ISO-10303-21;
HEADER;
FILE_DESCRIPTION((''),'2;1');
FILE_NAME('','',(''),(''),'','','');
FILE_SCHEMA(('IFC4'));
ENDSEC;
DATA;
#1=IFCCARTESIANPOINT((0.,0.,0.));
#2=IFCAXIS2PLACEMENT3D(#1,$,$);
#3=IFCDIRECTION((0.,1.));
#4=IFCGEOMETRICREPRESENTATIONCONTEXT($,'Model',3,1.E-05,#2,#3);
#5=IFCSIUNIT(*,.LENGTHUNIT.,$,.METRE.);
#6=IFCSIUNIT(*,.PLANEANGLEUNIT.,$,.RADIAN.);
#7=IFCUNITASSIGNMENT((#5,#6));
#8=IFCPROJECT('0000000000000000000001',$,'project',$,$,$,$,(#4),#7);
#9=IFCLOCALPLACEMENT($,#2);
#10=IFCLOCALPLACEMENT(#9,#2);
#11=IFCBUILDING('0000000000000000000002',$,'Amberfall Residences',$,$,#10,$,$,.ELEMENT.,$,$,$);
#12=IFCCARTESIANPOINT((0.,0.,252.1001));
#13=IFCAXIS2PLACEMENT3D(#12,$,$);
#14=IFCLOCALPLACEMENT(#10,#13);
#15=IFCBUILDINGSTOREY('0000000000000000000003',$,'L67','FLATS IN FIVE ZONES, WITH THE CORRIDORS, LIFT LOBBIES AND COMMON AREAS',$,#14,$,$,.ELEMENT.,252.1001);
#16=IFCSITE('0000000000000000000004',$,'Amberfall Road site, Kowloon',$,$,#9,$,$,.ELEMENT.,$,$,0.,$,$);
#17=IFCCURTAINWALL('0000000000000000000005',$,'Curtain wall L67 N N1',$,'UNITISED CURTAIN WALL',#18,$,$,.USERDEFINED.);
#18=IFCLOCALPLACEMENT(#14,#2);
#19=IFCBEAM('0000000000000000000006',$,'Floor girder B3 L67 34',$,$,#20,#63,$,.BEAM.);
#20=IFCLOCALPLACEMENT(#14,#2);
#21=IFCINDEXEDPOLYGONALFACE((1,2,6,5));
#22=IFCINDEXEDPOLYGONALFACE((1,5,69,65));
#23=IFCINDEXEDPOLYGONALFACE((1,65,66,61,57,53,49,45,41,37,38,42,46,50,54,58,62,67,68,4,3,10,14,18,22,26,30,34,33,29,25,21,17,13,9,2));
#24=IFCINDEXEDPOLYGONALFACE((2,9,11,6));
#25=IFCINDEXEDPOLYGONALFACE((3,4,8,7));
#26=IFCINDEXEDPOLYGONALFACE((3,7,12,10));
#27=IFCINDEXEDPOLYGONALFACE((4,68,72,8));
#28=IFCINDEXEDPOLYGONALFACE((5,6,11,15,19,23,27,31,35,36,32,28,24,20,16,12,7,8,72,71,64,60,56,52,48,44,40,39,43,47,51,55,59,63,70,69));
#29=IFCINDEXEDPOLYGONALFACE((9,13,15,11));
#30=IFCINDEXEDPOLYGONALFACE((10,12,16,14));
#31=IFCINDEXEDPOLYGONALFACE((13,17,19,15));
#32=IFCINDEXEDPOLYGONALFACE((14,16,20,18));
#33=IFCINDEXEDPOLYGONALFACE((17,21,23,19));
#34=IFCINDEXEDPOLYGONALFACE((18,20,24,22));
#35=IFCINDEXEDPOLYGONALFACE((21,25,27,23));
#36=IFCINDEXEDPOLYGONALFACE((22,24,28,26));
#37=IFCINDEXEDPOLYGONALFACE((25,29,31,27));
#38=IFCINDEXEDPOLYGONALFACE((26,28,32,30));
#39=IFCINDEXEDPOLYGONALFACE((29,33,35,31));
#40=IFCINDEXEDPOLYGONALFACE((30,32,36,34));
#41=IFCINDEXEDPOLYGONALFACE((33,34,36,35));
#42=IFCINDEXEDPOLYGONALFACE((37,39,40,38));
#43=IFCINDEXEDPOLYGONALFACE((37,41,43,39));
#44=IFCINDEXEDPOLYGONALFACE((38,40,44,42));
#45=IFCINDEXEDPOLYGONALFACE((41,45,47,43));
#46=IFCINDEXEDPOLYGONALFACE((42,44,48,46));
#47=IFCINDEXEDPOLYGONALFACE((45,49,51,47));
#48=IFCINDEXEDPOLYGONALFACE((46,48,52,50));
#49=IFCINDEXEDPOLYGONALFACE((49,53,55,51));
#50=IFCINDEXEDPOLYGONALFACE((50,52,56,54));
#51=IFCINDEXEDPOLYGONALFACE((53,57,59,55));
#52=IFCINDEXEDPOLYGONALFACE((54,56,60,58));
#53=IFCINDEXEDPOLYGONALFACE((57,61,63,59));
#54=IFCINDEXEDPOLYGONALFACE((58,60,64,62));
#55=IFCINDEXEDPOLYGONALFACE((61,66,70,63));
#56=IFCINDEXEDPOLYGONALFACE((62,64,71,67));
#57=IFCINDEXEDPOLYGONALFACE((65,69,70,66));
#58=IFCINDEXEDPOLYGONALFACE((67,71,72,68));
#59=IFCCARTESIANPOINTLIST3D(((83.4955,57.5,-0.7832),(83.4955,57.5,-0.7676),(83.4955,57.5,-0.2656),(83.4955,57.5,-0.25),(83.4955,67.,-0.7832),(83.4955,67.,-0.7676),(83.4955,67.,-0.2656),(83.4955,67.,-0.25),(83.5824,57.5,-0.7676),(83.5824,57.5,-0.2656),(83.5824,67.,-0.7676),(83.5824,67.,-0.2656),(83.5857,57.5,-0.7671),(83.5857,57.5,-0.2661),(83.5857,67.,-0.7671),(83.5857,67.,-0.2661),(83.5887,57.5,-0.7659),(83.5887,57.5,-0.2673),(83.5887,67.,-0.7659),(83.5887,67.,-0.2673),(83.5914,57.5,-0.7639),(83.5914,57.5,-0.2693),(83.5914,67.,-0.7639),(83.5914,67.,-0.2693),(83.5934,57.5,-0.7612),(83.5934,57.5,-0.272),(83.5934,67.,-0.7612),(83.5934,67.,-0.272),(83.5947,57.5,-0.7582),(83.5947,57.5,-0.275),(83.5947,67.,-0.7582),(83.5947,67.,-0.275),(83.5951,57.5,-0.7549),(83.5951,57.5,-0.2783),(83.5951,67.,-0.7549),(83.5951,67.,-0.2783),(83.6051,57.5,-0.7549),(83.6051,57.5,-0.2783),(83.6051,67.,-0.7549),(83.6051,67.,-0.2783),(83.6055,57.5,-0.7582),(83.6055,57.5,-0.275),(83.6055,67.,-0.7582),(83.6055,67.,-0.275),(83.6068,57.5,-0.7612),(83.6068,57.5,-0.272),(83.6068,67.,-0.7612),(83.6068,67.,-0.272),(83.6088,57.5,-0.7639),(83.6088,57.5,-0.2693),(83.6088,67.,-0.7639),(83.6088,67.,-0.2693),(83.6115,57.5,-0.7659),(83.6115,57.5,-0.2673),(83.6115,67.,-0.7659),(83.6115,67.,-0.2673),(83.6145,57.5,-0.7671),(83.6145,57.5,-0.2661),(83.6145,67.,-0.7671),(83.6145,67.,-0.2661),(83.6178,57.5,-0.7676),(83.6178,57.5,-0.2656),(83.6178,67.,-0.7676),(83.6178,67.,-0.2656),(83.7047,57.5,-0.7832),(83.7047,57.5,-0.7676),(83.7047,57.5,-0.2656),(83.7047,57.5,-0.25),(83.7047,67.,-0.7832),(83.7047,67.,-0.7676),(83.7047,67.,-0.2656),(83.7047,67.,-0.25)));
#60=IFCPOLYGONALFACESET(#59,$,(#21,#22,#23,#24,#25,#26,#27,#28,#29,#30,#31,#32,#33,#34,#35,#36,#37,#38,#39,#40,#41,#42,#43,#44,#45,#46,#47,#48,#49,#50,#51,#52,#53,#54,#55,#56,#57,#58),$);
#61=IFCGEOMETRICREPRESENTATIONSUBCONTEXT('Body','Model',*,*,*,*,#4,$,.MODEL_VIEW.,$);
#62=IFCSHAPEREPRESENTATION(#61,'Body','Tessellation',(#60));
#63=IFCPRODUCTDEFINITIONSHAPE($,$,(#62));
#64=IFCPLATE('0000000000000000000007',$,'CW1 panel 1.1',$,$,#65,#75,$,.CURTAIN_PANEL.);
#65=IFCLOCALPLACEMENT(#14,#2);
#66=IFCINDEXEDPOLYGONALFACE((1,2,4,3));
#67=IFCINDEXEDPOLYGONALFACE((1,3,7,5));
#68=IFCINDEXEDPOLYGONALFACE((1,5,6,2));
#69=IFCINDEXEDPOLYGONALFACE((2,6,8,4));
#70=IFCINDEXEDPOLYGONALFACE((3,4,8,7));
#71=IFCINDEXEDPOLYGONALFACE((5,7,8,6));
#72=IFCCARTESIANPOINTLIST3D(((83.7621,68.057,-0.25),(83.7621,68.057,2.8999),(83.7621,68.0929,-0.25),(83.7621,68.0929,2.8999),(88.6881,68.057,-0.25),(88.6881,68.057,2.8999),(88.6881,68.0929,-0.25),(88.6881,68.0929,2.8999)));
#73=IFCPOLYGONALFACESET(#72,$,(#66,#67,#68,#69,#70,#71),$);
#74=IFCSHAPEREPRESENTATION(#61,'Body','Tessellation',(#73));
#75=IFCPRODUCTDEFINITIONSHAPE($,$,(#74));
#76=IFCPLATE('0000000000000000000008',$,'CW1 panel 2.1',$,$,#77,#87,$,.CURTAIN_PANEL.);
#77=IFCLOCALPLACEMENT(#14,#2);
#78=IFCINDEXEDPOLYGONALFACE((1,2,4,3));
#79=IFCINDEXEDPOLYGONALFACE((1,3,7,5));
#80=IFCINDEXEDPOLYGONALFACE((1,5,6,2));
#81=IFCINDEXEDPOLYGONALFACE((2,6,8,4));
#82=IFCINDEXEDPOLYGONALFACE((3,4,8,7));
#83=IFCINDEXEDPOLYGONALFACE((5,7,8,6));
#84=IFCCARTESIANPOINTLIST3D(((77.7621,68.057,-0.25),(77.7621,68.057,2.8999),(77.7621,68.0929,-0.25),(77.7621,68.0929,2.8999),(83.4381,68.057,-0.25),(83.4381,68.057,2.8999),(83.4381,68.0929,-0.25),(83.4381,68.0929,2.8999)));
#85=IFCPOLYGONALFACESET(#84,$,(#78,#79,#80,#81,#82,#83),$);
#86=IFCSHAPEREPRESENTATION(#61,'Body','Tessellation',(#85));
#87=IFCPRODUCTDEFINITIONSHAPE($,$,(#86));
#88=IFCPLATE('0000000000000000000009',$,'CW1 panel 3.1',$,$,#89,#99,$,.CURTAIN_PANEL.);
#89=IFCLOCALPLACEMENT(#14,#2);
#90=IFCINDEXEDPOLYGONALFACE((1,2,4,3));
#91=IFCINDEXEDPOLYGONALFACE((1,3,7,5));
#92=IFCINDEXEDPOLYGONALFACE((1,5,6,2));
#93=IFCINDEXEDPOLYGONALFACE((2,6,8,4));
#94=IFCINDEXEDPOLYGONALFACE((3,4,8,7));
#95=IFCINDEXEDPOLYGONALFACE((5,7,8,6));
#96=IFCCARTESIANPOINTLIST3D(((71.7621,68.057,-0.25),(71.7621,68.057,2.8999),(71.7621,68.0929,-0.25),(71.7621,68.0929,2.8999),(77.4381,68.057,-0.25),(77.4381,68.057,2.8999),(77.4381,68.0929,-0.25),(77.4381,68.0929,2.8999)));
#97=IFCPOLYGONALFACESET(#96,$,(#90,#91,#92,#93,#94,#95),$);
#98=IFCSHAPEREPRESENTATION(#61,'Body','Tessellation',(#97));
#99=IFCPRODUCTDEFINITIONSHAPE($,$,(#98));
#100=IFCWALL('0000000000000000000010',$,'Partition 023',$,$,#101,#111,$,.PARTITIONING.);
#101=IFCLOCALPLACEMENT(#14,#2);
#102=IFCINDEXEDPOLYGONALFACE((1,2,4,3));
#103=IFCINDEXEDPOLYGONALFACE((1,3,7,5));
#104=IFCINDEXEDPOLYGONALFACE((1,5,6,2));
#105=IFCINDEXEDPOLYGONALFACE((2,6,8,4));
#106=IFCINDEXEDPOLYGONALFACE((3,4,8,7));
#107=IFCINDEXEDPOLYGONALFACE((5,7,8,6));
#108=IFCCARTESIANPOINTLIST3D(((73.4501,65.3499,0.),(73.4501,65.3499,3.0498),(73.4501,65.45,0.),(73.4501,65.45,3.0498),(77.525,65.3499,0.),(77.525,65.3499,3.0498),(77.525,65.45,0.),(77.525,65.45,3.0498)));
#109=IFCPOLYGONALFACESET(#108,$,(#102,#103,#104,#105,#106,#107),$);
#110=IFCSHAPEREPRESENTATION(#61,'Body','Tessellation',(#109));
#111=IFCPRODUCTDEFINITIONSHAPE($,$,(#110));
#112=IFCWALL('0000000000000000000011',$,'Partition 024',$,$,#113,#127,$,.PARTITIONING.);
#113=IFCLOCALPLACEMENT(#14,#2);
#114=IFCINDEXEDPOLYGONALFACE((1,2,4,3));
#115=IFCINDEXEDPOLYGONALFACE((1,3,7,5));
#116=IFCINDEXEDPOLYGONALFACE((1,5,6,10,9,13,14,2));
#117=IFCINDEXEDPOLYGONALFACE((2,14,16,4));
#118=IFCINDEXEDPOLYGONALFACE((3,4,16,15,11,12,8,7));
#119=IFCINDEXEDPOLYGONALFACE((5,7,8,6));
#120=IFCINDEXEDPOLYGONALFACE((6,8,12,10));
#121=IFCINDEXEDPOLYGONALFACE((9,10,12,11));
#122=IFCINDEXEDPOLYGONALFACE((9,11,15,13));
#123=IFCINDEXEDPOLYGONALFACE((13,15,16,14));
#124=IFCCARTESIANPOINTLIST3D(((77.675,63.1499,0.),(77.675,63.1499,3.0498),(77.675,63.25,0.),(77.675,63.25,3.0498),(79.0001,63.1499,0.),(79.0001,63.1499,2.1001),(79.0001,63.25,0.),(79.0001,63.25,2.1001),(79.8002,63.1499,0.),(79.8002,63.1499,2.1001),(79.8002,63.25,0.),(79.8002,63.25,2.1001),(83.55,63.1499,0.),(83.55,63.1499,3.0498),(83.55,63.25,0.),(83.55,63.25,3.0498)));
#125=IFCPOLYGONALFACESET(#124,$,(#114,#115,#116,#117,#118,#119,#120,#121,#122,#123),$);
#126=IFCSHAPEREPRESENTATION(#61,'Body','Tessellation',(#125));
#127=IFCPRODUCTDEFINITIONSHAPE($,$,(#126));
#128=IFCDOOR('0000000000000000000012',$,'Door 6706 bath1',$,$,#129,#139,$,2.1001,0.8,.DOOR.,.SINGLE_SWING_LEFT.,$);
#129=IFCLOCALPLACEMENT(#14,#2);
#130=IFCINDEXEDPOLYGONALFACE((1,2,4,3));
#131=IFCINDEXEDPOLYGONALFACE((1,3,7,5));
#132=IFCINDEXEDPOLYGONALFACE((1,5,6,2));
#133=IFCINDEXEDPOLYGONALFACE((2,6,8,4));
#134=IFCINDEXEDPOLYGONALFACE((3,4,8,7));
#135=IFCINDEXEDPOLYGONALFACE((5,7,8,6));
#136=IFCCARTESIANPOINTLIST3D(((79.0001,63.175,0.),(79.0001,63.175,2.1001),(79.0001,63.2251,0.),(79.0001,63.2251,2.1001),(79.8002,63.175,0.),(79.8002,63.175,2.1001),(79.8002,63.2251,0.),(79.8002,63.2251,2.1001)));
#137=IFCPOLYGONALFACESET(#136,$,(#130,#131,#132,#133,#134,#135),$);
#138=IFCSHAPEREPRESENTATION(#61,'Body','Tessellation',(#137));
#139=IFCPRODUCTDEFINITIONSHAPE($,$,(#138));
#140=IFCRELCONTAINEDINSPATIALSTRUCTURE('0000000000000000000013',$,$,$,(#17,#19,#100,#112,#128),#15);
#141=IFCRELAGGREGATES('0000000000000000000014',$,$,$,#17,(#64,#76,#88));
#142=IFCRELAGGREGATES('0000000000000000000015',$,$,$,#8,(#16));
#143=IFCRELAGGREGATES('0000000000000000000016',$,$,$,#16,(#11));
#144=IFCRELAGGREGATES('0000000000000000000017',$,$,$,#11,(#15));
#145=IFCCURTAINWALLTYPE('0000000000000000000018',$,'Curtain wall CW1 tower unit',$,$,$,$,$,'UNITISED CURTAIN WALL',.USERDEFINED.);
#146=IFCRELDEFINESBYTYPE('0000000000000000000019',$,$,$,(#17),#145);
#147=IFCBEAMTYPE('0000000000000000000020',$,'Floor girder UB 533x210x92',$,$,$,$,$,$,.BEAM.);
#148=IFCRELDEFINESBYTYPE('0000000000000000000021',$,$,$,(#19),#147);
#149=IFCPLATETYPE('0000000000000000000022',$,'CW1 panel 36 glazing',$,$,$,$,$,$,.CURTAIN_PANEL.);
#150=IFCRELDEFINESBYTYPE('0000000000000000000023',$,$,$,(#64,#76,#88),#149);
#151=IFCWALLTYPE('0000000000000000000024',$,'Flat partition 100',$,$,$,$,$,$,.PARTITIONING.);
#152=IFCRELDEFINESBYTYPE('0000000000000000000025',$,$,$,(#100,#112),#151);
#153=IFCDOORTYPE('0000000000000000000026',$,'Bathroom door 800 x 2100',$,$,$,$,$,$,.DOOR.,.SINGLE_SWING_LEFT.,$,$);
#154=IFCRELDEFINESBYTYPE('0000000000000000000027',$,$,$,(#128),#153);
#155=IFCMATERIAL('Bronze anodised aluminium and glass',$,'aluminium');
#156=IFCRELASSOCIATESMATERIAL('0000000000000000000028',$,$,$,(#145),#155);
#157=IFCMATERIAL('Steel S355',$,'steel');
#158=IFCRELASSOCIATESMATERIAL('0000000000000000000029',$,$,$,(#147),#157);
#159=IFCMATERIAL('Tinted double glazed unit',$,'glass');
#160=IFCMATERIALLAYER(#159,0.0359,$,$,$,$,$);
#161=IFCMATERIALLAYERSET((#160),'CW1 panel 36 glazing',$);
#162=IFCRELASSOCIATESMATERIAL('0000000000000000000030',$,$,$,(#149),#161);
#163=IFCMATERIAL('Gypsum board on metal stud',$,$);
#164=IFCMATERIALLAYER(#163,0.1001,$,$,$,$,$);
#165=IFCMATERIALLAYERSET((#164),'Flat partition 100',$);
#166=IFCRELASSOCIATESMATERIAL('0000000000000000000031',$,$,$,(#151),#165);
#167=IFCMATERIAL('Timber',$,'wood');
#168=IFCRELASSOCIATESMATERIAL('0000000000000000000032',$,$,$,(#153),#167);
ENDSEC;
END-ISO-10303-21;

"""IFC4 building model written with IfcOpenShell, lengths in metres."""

from ifc_helpers import new_model, si_unit, direction, frame, frame_2d, origin, origin_2d, place, context, subcontext, project, spatial, rectangle, i_section, extrude, material, layer, layer_set, material_profile, profile_set, type_object, element, fill, aggregate, save


model = new_model("IFC4")

# Units and contexts
model_context = context("Model", 3, precision=1e-05, world=origin(), true_north=direction((0.0, 1.0)))
body_context = subcontext(model_context, "Body", "Model", "MODEL_VIEW")
ifc_project = project(units=[si_unit("LENGTHUNIT", "METRE"), si_unit("PLANEANGLEUNIT", "RADIAN")], contexts=[model_context])

# Site, building, storey
site_placement = place(None, origin())
site = spatial("IfcSite", under=ifc_project, at=site_placement, Name="Amberfall Road site, Kowloon", CompositionType="ELEMENT", RefElevation=0.0)
building_placement = place(site_placement, origin())
building = spatial("IfcBuilding", under=site, at=building_placement, Name="Amberfall Residences", CompositionType="ELEMENT")
storey_placement = place(building_placement, frame((0.0, 0.0, 252.1001)))
storey = spatial("IfcBuildingStorey", under=building, at=storey_placement, Name="L67", Description="FLATS IN FIVE ZONES, WITH THE CORRIDORS, LIFT LOBBIES AND COMMON AREAS", CompositionType="ELEMENT", Elevation=252.1001)

# Curtain wall
ifc_material_1 = material(Name="Bronze anodised aluminium and glass", Category="aluminium")
curtain_wall_type = type_object("IfcCurtainWallType", Name="Curtain wall CW1 tower unit", ElementType="UNITISED CURTAIN WALL", PredefinedType="USERDEFINED", material=ifc_material_1)
curtain_wall_placement = place(storey_placement, origin())
curtain_wall = element("IfcCurtainWall", 1, at=curtain_wall_placement, inside=storey, type_object=curtain_wall_type, Name="Curtain wall L67 N N1", ObjectType="UNITISED CURTAIN WALL", PredefinedType="USERDEFINED")

# Shared definitions
ifc_material_2 = material(Name="Steel S355", Category="steel")

# Beam
ifc_material_profile_1 = material_profile(ifc_material_2, i_section(OverallWidth=0.2092, OverallDepth=0.5332, WebThickness=0.01, FlangeThickness=0.0156, FilletRadius=0.0127, at=origin_2d()), Name="UB 533x210x92")
ifc_profile_set_1 = profile_set([ifc_material_profile_1], Name="Steel S355")
beam_type_1 = type_object("IfcBeamType", Name="Floor girder UB 533x210x92", PredefinedType="BEAM", material=ifc_profile_set_1)
for number, where, z_axis, x_axis, name in (
    (2, (83.6001, 67.0, -0.5166), (0.0, -1.0, 0.0), (1.0, 0.0, 0.0), "Floor girder B3 L67 34"),
):
    element("IfcBeam", number, at=place(storey_placement, frame(where, z_axis=z_axis, x_axis=x_axis)), inside=storey, type_object=beam_type_1, Name=name, PredefinedType="BEAM", context=body_context, shape_type="SweptSolid", body=[
        extrude(i_section(OverallWidth=0.2092, OverallDepth=0.5332, WebThickness=0.01, FlangeThickness=0.0156, FilletRadius=0.0127, at=origin_2d()), origin(), (0.0, 0.0, 1.0), 9.5),
    ])

# Plates
ifc_material_3 = material(Name="Tinted double glazed unit", Category="glass")
ifc_layer_1 = layer(ifc_material_3, 0.0359)
ifc_layer_set_1 = layer_set([ifc_layer_1], Name="CW1 panel 36 glazing")
plate_type = type_object("IfcPlateType", Name="CW1 panel 36 glazing", PredefinedType="CURTAIN_PANEL", material=ifc_layer_set_1)
plate_1_placement = place(storey_placement, frame((86.2251, 68.075, -0.25), z_axis=(0.0, 0.0, 1.0), x_axis=(-1.0, 0.0, 0.0)))
plate_1 = element("IfcPlate", 3, at=plate_1_placement, type_object=plate_type, Name="CW1 panel 1.1", PredefinedType="CURTAIN_PANEL", context=body_context, shape_type="SweptSolid", body=[
    extrude(rectangle(XDim=4.926, YDim=0.0359, at=origin_2d()), origin(), (0.0, 0.0, 1.0), 3.1499),
])
plate_2_placement = place(storey_placement, frame((80.6001, 68.075, -0.25), z_axis=(0.0, 0.0, 1.0), x_axis=(-1.0, 0.0, 0.0)))
plate_2 = element("IfcPlate", 4, at=plate_2_placement, type_object=plate_type, Name="CW1 panel 2.1", PredefinedType="CURTAIN_PANEL", context=body_context, shape_type="SweptSolid", body=[
    extrude(rectangle(XDim=5.676, YDim=0.0359, at=origin_2d()), origin(), (0.0, 0.0, 1.0), 3.1499),
])
plate_3_placement = place(storey_placement, frame((74.6001, 68.075, -0.25), z_axis=(0.0, 0.0, 1.0), x_axis=(-1.0, 0.0, 0.0)))
plate_3 = element("IfcPlate", 5, at=plate_3_placement, type_object=plate_type, Name="CW1 panel 3.1", PredefinedType="CURTAIN_PANEL", context=body_context, shape_type="SweptSolid", body=[
    extrude(rectangle(XDim=5.676, YDim=0.0359, at=origin_2d()), origin(), (0.0, 0.0, 1.0), 3.1499),
])
aggregate(curtain_wall, [plate_1, plate_2, plate_3])

# Wall
ifc_material_4 = material(Name="Gypsum board on metal stud")
ifc_layer_2 = layer(ifc_material_4, 0.1001)
ifc_layer_set_2 = layer_set([ifc_layer_2], Name="Flat partition 100")
wall_type = type_object("IfcWallType", Name="Flat partition 100", PredefinedType="PARTITIONING", material=ifc_layer_set_2)
wall_1_placement = place(storey_placement, frame((73.45, 65.3999, 0.0), z_axis=(0.0, 0.0, 1.0), x_axis=(1.0, 0.0, 0.0)))
element("IfcWall", 6, at=wall_1_placement, inside=storey, type_object=wall_type, Name="Partition 023", PredefinedType="PARTITIONING", context=body_context, shape_type="SweptSolid", body=[
    extrude(rectangle(XDim=4.075, YDim=0.1001, at=frame_2d((2.0376, 0.0))), origin(), (0.0, 0.0, 1.0), 3.0498),
])

# Wall, opening, door
wall_2_placement = place(storey_placement, frame((83.55, 63.2, 0.0), z_axis=(0.0, 0.0, 1.0), x_axis=(-1.0, 0.0, 0.0)))
wall_2 = element("IfcWall", 7, at=wall_2_placement, inside=storey, type_object=wall_type, Name="Partition 024", PredefinedType="PARTITIONING", context=body_context, shape_type="SweptSolid", body=[
    extrude(rectangle(XDim=5.875, YDim=0.1001, at=frame_2d((2.9375, 0.0))), origin(), (0.0, 0.0, 1.0), 3.0498),
])
opening_placement = place(wall_2_placement, frame((3.75, 0.0, 0.0)))
opening = element("IfcOpeningElement", 8, at=opening_placement, cuts=wall_2, PredefinedType="OPENING", context=body_context, shape_type="SweptSolid", body=[
    extrude(rectangle(XDim=0.8, YDim=2.1001, at=frame_2d((0.3999, 1.05))), frame((0.0, 0.0601, 0.0), z_axis=(0.0, -1.0, 0.0), x_axis=(1.0, 0.0, 0.0)), (0.0, 0.0, 1.0), 0.1201),
])
ifc_material_5 = material(Name="Timber", Category="wood")
door_type = type_object("IfcDoorType", Name="Bathroom door 800 x 2100", OperationType="SINGLE_SWING_LEFT", PredefinedType="DOOR", material=ifc_material_5)
door_placement = place(opening_placement, origin())
door = element("IfcDoor", 9, at=door_placement, inside=storey, type_object=door_type, Name="Door 6706 bath1", OperationType="SINGLE_SWING_LEFT", OverallHeight=2.1001, OverallWidth=0.8, PredefinedType="DOOR", context=body_context, shape_type="SweptSolid", body=[
    extrude(rectangle(XDim=0.8, YDim=2.1001, at=frame_2d((0.3999, 1.05))), frame((0.0, 0.0249, 0.0), z_axis=(0.0, -1.0, 0.0), x_axis=(1.0, 0.0, 0.0)), (0.0, 0.0, 1.0), 0.05),
])
fill(opening, door)

save(model, "model.ifc")
